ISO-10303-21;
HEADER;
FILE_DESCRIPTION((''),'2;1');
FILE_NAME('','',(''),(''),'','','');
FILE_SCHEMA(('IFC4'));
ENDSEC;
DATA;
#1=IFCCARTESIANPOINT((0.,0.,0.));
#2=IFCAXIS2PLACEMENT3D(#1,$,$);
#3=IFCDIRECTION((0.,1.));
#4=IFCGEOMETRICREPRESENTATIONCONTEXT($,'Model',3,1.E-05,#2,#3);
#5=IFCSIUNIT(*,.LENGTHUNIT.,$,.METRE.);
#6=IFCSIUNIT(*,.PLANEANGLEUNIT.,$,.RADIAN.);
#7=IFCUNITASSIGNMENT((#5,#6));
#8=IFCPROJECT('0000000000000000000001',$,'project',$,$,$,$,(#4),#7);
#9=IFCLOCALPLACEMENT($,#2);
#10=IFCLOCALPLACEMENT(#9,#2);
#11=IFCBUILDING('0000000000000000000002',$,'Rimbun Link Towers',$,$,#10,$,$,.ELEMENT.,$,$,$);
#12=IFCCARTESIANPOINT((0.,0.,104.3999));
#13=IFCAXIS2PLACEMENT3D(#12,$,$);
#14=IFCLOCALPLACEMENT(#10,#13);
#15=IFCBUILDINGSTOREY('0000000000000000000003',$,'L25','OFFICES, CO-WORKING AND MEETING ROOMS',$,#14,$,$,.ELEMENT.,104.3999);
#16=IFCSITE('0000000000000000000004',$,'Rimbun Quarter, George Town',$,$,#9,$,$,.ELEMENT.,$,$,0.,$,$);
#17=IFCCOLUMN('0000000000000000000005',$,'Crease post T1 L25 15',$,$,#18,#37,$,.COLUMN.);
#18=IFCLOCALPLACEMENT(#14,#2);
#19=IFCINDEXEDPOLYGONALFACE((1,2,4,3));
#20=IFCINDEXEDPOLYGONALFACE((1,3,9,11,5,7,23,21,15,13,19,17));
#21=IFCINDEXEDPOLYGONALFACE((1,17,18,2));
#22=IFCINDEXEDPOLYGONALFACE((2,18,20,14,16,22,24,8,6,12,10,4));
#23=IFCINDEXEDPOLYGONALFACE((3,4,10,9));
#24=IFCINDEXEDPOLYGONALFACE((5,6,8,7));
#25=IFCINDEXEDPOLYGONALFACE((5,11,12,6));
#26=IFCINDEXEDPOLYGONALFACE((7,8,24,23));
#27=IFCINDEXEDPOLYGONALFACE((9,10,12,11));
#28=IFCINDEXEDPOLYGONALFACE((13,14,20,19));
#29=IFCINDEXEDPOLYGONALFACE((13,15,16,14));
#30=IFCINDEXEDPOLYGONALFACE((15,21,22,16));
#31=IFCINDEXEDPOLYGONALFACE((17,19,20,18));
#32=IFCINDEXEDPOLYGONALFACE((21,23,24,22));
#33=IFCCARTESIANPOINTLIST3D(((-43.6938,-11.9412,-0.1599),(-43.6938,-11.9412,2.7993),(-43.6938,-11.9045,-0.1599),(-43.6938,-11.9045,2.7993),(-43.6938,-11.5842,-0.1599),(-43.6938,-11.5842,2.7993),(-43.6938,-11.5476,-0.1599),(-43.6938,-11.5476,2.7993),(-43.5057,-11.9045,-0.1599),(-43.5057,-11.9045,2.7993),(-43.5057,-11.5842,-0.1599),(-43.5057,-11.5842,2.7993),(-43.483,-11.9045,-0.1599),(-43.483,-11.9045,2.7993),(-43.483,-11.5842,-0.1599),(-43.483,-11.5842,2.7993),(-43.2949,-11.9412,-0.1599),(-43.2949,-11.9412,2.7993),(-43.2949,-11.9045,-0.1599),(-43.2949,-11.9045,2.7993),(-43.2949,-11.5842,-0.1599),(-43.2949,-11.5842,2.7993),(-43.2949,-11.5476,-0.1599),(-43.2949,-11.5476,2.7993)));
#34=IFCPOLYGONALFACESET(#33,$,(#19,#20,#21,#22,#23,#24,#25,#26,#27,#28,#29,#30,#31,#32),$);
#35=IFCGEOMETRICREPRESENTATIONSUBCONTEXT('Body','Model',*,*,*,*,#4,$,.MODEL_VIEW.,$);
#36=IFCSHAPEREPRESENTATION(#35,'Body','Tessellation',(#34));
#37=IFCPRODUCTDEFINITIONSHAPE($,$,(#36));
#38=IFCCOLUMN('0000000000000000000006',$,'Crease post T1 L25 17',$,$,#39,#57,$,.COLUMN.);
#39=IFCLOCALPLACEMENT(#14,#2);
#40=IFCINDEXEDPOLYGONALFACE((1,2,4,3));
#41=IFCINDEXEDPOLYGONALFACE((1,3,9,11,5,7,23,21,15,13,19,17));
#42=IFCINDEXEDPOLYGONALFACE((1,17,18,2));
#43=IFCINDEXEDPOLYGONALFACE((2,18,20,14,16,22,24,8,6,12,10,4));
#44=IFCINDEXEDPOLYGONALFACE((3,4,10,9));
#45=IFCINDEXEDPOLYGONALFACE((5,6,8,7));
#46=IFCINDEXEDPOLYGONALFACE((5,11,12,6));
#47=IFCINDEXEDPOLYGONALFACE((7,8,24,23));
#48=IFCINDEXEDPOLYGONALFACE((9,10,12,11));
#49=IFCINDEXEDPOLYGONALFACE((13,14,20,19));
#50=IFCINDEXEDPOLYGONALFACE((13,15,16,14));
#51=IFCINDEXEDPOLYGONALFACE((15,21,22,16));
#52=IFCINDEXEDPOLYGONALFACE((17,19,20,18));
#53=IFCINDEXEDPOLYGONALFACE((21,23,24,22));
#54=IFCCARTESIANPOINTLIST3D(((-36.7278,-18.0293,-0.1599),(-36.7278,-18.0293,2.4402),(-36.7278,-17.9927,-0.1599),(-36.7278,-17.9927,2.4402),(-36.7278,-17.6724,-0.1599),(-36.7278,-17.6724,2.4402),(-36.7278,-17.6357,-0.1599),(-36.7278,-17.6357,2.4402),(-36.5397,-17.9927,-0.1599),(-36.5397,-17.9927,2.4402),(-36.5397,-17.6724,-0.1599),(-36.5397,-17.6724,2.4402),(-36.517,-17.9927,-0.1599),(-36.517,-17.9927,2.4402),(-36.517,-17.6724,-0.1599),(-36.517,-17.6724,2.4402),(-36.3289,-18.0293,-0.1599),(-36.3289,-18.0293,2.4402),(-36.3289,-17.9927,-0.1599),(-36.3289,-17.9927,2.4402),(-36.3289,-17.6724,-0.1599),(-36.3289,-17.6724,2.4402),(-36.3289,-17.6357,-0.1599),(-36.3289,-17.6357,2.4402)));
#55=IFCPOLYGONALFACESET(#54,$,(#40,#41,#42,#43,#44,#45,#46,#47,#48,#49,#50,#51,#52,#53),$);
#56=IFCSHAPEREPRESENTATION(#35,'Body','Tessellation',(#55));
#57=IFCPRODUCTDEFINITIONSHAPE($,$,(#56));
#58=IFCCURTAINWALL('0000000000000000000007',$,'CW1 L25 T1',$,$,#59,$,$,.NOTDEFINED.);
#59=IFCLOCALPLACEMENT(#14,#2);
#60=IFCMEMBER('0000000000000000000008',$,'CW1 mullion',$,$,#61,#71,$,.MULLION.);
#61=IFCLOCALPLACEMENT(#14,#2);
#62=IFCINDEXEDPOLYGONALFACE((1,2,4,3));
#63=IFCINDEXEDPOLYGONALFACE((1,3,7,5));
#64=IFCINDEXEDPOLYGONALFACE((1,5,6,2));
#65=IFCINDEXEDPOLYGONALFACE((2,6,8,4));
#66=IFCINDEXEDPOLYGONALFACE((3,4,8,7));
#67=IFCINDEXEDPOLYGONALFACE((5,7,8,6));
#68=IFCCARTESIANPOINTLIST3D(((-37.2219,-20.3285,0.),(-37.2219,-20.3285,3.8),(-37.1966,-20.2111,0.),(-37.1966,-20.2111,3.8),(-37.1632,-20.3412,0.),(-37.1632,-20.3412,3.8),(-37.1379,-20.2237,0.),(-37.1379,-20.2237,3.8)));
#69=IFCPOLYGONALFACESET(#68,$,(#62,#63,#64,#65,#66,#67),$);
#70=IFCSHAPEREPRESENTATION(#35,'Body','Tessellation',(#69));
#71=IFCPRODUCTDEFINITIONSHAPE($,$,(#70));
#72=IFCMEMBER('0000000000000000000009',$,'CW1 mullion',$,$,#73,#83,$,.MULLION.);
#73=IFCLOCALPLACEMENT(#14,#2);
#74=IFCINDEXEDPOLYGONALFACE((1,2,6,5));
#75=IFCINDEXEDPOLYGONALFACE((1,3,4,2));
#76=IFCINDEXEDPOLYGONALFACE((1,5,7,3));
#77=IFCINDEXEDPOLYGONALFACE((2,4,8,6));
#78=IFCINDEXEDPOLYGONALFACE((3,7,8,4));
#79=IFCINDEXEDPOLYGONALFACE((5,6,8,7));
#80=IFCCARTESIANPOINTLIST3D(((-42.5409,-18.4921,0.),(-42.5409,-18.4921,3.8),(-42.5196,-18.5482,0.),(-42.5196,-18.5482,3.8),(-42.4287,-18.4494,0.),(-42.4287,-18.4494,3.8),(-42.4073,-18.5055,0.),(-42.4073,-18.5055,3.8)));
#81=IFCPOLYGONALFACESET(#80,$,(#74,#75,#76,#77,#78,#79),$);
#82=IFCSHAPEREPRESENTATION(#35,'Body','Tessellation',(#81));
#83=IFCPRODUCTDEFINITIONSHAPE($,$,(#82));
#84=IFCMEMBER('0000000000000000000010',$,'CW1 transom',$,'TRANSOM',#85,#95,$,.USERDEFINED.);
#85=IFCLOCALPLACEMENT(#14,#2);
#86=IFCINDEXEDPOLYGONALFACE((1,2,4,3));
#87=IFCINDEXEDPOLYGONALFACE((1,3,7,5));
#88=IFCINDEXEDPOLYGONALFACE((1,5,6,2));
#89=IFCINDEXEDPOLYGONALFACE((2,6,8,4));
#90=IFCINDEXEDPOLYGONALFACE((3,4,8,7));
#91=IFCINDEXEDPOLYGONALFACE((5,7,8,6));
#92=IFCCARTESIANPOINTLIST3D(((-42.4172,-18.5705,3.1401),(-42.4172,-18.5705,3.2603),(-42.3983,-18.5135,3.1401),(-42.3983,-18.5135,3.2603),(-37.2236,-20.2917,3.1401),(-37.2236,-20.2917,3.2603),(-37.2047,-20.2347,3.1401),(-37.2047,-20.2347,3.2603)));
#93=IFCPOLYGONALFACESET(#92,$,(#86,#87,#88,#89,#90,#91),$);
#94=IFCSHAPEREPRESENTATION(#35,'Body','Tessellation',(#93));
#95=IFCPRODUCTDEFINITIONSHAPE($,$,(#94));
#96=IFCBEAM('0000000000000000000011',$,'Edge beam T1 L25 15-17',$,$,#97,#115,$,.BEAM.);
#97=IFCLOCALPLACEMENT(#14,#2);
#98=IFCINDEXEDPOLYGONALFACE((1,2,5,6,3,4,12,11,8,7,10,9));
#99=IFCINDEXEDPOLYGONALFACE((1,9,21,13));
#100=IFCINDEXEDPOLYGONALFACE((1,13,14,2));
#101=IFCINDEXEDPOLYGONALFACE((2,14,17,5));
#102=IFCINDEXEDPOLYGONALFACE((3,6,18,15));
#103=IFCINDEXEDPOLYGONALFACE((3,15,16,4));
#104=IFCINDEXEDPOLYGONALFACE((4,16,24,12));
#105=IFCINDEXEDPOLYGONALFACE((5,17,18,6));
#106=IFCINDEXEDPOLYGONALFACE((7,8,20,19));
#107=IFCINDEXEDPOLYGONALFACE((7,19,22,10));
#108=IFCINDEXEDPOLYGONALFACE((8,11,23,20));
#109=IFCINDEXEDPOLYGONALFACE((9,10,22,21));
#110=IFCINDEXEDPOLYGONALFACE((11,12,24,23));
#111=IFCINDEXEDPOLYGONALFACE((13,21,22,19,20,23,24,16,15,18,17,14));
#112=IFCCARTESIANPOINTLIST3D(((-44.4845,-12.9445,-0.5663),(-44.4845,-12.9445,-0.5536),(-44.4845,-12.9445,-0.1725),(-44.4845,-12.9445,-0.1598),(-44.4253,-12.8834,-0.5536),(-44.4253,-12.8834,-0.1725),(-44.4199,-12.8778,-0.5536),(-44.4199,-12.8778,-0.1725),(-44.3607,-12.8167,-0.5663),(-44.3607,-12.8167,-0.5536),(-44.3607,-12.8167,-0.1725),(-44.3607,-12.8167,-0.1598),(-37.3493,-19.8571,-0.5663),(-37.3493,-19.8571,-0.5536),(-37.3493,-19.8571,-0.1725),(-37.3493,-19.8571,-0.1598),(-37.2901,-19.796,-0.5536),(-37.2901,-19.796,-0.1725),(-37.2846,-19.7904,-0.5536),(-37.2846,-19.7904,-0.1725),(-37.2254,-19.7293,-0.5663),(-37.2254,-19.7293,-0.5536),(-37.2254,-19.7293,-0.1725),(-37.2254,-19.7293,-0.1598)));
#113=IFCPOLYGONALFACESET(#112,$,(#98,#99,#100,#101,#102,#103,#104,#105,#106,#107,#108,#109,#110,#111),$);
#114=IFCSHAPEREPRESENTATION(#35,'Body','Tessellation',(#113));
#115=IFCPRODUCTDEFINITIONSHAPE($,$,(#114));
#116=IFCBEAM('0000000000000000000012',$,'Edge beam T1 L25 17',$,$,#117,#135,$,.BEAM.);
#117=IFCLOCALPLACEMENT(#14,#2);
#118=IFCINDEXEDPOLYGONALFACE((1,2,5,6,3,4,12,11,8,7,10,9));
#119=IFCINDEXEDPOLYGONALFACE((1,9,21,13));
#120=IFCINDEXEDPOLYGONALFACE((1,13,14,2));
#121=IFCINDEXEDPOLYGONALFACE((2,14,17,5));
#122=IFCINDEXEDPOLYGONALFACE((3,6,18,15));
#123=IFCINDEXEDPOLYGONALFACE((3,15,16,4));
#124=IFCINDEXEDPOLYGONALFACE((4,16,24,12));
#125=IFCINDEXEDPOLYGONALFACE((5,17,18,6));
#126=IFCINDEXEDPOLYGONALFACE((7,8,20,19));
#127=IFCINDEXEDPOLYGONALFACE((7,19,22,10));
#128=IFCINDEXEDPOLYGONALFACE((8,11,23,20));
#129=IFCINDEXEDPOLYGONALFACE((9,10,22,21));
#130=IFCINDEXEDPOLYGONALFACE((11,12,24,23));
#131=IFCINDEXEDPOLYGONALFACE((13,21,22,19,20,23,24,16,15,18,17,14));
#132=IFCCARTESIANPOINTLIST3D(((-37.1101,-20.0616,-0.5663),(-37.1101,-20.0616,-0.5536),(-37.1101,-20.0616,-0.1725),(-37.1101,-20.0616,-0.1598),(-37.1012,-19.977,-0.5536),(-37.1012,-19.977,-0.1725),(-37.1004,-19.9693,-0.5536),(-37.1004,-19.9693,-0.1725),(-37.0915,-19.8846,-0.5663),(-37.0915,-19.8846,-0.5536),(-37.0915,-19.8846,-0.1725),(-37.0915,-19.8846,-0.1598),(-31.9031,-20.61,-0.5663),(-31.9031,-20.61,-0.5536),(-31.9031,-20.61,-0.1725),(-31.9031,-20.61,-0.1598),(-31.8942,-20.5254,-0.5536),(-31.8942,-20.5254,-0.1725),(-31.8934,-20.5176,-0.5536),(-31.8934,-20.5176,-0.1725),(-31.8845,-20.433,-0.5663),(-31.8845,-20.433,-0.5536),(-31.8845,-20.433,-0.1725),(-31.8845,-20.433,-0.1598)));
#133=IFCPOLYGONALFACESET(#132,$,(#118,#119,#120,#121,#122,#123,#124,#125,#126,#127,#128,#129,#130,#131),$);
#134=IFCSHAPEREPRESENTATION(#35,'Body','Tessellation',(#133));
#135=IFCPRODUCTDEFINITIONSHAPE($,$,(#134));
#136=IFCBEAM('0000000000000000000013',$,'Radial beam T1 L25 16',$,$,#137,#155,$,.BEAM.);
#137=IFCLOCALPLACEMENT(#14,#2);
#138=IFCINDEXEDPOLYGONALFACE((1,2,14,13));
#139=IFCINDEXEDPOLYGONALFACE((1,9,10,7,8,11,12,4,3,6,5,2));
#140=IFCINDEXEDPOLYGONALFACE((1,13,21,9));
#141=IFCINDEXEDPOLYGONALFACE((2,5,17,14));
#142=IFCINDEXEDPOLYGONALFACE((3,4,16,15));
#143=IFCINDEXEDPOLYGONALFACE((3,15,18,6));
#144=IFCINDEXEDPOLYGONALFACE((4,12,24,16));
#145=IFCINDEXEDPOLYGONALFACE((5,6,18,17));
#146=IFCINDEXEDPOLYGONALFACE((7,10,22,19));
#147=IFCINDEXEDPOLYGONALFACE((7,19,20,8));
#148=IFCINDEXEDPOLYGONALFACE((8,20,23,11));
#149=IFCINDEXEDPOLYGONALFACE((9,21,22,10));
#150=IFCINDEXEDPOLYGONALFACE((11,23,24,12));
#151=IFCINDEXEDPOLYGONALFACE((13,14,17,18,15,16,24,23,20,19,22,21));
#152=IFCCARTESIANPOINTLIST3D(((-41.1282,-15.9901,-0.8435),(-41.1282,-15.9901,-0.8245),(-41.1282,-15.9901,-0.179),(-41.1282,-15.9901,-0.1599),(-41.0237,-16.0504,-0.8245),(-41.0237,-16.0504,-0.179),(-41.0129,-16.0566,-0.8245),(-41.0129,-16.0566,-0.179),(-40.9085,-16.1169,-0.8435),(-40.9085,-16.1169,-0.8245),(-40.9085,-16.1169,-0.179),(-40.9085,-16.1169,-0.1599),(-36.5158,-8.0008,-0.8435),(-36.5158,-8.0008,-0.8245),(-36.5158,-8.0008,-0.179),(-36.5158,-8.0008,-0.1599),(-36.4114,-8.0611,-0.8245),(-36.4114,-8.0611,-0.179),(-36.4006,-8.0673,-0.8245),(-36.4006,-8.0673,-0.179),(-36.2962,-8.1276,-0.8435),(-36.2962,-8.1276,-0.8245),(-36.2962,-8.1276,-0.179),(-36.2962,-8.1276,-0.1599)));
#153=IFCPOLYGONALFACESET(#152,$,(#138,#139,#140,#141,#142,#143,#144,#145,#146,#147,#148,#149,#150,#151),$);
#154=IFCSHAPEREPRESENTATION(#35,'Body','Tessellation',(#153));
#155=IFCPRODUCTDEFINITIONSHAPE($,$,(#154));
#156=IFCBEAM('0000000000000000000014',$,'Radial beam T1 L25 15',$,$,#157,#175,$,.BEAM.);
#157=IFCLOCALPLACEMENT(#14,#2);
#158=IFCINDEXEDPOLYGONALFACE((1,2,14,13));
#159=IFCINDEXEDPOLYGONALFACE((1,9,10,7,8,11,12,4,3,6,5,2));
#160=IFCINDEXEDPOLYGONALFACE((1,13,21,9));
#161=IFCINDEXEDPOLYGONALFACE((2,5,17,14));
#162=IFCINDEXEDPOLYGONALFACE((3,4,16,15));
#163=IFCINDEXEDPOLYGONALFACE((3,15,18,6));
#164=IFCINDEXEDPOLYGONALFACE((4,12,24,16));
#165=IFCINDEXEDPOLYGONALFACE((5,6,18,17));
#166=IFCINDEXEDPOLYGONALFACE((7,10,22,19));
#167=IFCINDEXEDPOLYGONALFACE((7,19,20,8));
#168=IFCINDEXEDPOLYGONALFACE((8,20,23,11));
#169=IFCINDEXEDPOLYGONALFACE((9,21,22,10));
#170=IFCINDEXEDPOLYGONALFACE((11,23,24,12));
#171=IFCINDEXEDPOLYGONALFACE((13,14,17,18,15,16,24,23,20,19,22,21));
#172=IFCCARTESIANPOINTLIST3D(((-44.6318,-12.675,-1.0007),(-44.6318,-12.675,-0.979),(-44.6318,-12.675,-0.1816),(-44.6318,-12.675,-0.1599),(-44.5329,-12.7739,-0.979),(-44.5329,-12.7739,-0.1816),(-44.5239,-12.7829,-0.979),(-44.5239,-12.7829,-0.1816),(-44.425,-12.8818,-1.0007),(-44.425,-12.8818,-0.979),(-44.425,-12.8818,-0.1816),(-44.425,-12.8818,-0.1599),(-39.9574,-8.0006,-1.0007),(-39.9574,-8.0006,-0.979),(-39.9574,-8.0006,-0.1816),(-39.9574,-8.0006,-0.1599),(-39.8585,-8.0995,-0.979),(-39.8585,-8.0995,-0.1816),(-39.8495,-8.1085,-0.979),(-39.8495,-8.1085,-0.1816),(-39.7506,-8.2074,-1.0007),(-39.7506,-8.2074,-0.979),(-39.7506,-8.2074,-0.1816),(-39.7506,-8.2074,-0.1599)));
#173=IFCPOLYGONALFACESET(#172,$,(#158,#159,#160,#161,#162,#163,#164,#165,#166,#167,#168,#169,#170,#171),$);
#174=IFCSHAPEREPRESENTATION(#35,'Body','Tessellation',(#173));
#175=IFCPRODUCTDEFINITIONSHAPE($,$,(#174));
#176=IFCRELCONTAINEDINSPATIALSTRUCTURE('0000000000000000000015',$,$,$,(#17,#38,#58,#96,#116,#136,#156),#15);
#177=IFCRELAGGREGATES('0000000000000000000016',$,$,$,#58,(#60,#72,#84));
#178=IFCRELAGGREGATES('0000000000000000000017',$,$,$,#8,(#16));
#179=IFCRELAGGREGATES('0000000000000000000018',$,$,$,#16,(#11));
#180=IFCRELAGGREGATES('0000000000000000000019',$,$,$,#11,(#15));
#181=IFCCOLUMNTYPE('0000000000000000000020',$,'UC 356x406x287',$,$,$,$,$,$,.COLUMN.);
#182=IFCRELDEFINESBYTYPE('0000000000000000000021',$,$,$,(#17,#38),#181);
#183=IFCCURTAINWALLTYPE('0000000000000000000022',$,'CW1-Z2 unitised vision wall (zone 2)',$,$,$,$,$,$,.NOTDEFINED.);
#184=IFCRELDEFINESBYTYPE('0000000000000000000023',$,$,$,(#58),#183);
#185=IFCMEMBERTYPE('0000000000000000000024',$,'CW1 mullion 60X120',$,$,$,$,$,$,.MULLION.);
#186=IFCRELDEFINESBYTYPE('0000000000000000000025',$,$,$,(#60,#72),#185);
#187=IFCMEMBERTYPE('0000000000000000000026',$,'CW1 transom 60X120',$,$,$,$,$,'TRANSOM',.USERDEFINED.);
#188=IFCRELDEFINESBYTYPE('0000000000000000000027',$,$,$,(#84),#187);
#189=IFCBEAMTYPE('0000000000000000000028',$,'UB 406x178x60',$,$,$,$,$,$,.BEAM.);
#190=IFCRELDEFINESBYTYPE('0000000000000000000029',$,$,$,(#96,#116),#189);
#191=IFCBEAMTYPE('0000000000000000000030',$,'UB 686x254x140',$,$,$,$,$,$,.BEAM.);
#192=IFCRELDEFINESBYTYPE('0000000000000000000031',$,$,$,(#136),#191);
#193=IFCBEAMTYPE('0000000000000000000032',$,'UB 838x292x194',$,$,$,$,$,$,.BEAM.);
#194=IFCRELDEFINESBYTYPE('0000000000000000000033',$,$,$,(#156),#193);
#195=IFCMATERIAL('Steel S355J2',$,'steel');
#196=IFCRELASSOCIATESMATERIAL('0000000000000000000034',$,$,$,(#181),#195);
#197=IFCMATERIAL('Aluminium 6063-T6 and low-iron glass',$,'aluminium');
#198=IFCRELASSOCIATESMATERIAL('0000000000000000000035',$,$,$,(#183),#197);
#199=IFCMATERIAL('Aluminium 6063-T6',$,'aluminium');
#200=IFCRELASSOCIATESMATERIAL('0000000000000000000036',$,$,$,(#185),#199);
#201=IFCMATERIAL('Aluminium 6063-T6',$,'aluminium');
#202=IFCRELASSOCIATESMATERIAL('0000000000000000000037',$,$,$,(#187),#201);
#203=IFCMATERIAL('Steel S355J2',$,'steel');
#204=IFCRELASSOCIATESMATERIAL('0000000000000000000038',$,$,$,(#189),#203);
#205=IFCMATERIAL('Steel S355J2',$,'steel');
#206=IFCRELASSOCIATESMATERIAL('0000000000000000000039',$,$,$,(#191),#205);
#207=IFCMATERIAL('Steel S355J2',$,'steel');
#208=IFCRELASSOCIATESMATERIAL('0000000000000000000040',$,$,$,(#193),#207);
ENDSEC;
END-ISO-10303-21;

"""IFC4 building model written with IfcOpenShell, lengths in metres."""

from ifc_helpers import new_model, si_unit, direction, frame, origin, origin_2d, place, context, subcontext, project, spatial, rectangle, i_section, extrude, material, material_profile, profile_set, type_object, element, aggregate, save


model = new_model("IFC4")

# Units and contexts
model_context = context("Model", 3, precision=1e-05, world=origin(), true_north=direction((0.0, 1.0)))
body_context = subcontext(model_context, "Body", "Model", "MODEL_VIEW")
ifc_project = project(units=[si_unit("LENGTHUNIT", "METRE"), si_unit("PLANEANGLEUNIT", "RADIAN")], contexts=[model_context])

# Site, building, storey
site_placement = place(None, origin())
site = spatial("IfcSite", under=ifc_project, at=site_placement, Name="Rimbun Quarter, George Town", CompositionType="ELEMENT", RefElevation=0.0)
building_placement = place(site_placement, origin())
building = spatial("IfcBuilding", under=site, at=building_placement, Name="Rimbun Link Towers", CompositionType="ELEMENT")
storey_placement = place(building_placement, frame((0.0, 0.0, 104.3999)))
storey = spatial("IfcBuildingStorey", under=building, at=storey_placement, Name="L25", Description="OFFICES, CO-WORKING AND MEETING ROOMS", CompositionType="ELEMENT", Elevation=104.3999)

# Columns
ifc_material_1 = material(Name="Steel S355J2", Category="steel")
ifc_material_profile_1 = material_profile(ifc_material_1, i_section(OverallWidth=0.3989, OverallDepth=0.3936, WebThickness=0.0227, FlangeThickness=0.0366, at=origin_2d()), Name="UC 356x406x287")
ifc_profile_set_1 = profile_set([ifc_material_profile_1], Name="Steel S355J2")
column_type = type_object("IfcColumnType", Name="UC 356x406x287", PredefinedType="COLUMN", material=ifc_profile_set_1)
column_1_placement = place(storey_placement, frame((-43.4944, -11.7444, -0.1599), z_axis=(0.0, 0.0, 1.0), x_axis=(1.0, 0.0, 0.0)))
element("IfcColumn", 1, at=column_1_placement, inside=storey, type_object=column_type, Name="Crease post T1 L25 15", PredefinedType="COLUMN", context=body_context, shape_type="SweptSolid", body=[
    extrude(i_section(OverallWidth=0.3989, OverallDepth=0.3936, WebThickness=0.0227, FlangeThickness=0.0366, at=origin_2d()), origin(), (0.0, 0.0, 1.0), 2.9592),
])
column_2_placement = place(storey_placement, frame((-36.5283, -17.8325, -0.1599), z_axis=(0.0, 0.0, 1.0), x_axis=(1.0, 0.0, 0.0)))
element("IfcColumn", 2, at=column_2_placement, inside=storey, type_object=column_type, Name="Crease post T1 L25 17", PredefinedType="COLUMN", context=body_context, shape_type="SweptSolid", body=[
    extrude(i_section(OverallWidth=0.3989, OverallDepth=0.3936, WebThickness=0.0227, FlangeThickness=0.0366, at=origin_2d()), origin(), (0.0, 0.0, 1.0), 2.6001),
])

# Curtain wall, members
ifc_material_2 = material(Name="Aluminium 6063-T6 and low-iron glass", Category="aluminium")
curtain_wall_type = type_object("IfcCurtainWallType", Name="CW1-Z2 unitised vision wall (zone 2)", PredefinedType="NOTDEFINED", material=ifc_material_2)
curtain_wall_placement = place(storey_placement, origin())
curtain_wall = element("IfcCurtainWall", 3, at=curtain_wall_placement, inside=storey, type_object=curtain_wall_type, Name="CW1 L25 T1", PredefinedType="NOTDEFINED")
ifc_material_3 = material(Name="Aluminium 6063-T6", Category="aluminium")
ifc_material_profile_2 = material_profile(ifc_material_3, rectangle(XDim=0.1201, YDim=0.0601, at=origin_2d()), Name="MULLION 60X120")
ifc_profile_set_2 = profile_set([ifc_material_profile_2], Name="Aluminium 6063-T6")
member_type_1 = type_object("IfcMemberType", Name="CW1 mullion 60X120", PredefinedType="MULLION", material=ifc_profile_set_2)
member_1_placement = place(storey_placement, frame((-37.1799, -20.2761, 0.0), z_axis=(0.0, 0.0, 1.0), x_axis=(-0.210865, -0.977515, 0.0)))
member_1 = element("IfcMember", 4, at=member_1_placement, type_object=member_type_1, Name="CW1 mullion", PredefinedType="MULLION", context=body_context, shape_type="SweptSolid", body=[
    extrude(rectangle(XDim=0.1201, YDim=0.0601, at=origin_2d()), origin(), (0.0, 0.0, 1.0), 3.8),
])
member_2_placement = place(storey_placement, frame((-42.4741, -18.4988, 0.0), z_axis=(0.0, 0.0, 1.0), x_axis=(-0.934622, -0.355643, 0.0)))
member_2 = element("IfcMember", 5, at=member_2_placement, type_object=member_type_1, Name="CW1 mullion", PredefinedType="MULLION", context=body_context, shape_type="SweptSolid", body=[
    extrude(rectangle(XDim=0.1201, YDim=0.0601, at=origin_2d()), origin(), (0.0, 0.0, 1.0), 3.8),
])
ifc_material_4 = material(Name="Aluminium 6063-T6", Category="aluminium")
ifc_material_profile_3 = material_profile(ifc_material_4, rectangle(XDim=0.0601, YDim=0.1201, at=origin_2d()), Name="TRANSOM 60X120")
ifc_profile_set_3 = profile_set([ifc_material_profile_3], Name="Aluminium 6063-T6")
member_type_2 = type_object("IfcMemberType", Name="CW1 transom 60X120", ElementType="TRANSOM", PredefinedType="USERDEFINED", material=ifc_profile_set_3)
member_3_placement = place(storey_placement, frame((-37.2141, -20.2632, 3.2002), z_axis=(-0.949231, 0.314581, 0.0), x_axis=(-0.314581, -0.949231, 0.0)))
member_3 = element("IfcMember", 6, at=member_3_placement, type_object=member_type_2, Name="CW1 transom", ObjectType="TRANSOM", PredefinedType="USERDEFINED", context=body_context, shape_type="SweptSolid", body=[
    extrude(rectangle(XDim=0.0601, YDim=0.1201, at=origin_2d()), origin(), (0.0, 0.0, 1.0), 5.4714),
])

# Beams
ifc_material_5 = material(Name="Steel S355J2", Category="steel")
ifc_material_profile_4 = material_profile(ifc_material_5, i_section(OverallWidth=0.178, OverallDepth=0.4065, WebThickness=0.0078, FlangeThickness=0.0127, at=origin_2d()), Name="UB 406x178x60")
ifc_profile_set_4 = profile_set([ifc_material_profile_4], Name="Steel S355J2")
beam_type_1 = type_object("IfcBeamType", Name="UB 406x178x60", PredefinedType="BEAM", material=ifc_profile_set_4)
beam_1_placement = place(storey_placement, frame((-44.4226, -12.8806, -0.363), z_axis=(0.718224, -0.695812, 0.0), x_axis=(0.695812, 0.718224, 0.0)))
element("IfcBeam", 7, at=beam_1_placement, inside=storey, type_object=beam_type_1, Name="Edge beam T1 L25 15-17", PredefinedType="BEAM", context=body_context, shape_type="SweptSolid", body=[
    extrude(i_section(OverallWidth=0.178, OverallDepth=0.4065, WebThickness=0.0078, FlangeThickness=0.0127, at=origin_2d()), origin(), (0.0, 0.0, 1.0), 9.9346),
])
beam_2_placement = place(storey_placement, frame((-37.1008, -19.9731, -0.363), z_axis=(0.994501, -0.104728, 0.0), x_axis=(0.104728, 0.994501, 0.0)))
element("IfcBeam", 8, at=beam_2_placement, inside=storey, type_object=beam_type_1, Name="Edge beam T1 L25 17", PredefinedType="BEAM", context=body_context, shape_type="SweptSolid", body=[
    extrude(i_section(OverallWidth=0.178, OverallDepth=0.4065, WebThickness=0.0078, FlangeThickness=0.0127, at=origin_2d()), origin(), (0.0, 0.0, 1.0), 5.2358),
])
ifc_material_6 = material(Name="Steel S355J2", Category="steel")
ifc_material_profile_5 = material_profile(ifc_material_6, i_section(OverallWidth=0.2537, OverallDepth=0.6836, WebThickness=0.0125, FlangeThickness=0.019, at=origin_2d()), Name="UB 686x254x140")
ifc_profile_set_5 = profile_set([ifc_material_profile_5], Name="Steel S355J2")
beam_type_2 = type_object("IfcBeamType", Name="UB 686x254x140", PredefinedType="BEAM", material=ifc_profile_set_5)
beam_3_placement = place(storey_placement, frame((-36.406, -8.0642, -0.5017), z_axis=(-0.499976, -0.866039, 0.0), x_axis=(0.866039, -0.499976, 0.0)))
element("IfcBeam", 9, at=beam_3_placement, inside=storey, type_object=beam_type_2, Name="Radial beam T1 L25 16", PredefinedType="BEAM", context=body_context, shape_type="SweptSolid", body=[
    extrude(i_section(OverallWidth=0.2537, OverallDepth=0.6836, WebThickness=0.0125, FlangeThickness=0.019, at=origin_2d()), origin(), (0.0, 0.0, 1.0), 9.2251),
])
ifc_material_7 = material(Name="Steel S355J2", Category="steel")
ifc_material_profile_6 = material_profile(ifc_material_7, i_section(OverallWidth=0.2925, OverallDepth=0.8408, WebThickness=0.0127, FlangeThickness=0.0217, at=origin_2d()), Name="UB 838x292x194")
ifc_profile_set_6 = profile_set([ifc_material_profile_6], Name="Steel S355J2")
beam_type_3 = type_object("IfcBeamType", Name="UB 838x292x194", PredefinedType="BEAM", material=ifc_profile_set_6)
beam_4_placement = place(storey_placement, frame((-39.854, -8.104, -0.5803), z_axis=(-0.707107, -0.707107, 0.0), x_axis=(0.707107, -0.707107, 0.0)))
element("IfcBeam", 10, at=beam_4_placement, inside=storey, type_object=beam_type_3, Name="Radial beam T1 L25 15", PredefinedType="BEAM", context=body_context, shape_type="SweptSolid", body=[
    extrude(i_section(OverallWidth=0.2925, OverallDepth=0.8408, WebThickness=0.0127, FlangeThickness=0.0217, at=origin_2d()), origin(), (0.0, 0.0, 1.0), 6.6106),
])

aggregate(curtain_wall, [member_1, member_2, member_3])

save(model, "model.ifc")
